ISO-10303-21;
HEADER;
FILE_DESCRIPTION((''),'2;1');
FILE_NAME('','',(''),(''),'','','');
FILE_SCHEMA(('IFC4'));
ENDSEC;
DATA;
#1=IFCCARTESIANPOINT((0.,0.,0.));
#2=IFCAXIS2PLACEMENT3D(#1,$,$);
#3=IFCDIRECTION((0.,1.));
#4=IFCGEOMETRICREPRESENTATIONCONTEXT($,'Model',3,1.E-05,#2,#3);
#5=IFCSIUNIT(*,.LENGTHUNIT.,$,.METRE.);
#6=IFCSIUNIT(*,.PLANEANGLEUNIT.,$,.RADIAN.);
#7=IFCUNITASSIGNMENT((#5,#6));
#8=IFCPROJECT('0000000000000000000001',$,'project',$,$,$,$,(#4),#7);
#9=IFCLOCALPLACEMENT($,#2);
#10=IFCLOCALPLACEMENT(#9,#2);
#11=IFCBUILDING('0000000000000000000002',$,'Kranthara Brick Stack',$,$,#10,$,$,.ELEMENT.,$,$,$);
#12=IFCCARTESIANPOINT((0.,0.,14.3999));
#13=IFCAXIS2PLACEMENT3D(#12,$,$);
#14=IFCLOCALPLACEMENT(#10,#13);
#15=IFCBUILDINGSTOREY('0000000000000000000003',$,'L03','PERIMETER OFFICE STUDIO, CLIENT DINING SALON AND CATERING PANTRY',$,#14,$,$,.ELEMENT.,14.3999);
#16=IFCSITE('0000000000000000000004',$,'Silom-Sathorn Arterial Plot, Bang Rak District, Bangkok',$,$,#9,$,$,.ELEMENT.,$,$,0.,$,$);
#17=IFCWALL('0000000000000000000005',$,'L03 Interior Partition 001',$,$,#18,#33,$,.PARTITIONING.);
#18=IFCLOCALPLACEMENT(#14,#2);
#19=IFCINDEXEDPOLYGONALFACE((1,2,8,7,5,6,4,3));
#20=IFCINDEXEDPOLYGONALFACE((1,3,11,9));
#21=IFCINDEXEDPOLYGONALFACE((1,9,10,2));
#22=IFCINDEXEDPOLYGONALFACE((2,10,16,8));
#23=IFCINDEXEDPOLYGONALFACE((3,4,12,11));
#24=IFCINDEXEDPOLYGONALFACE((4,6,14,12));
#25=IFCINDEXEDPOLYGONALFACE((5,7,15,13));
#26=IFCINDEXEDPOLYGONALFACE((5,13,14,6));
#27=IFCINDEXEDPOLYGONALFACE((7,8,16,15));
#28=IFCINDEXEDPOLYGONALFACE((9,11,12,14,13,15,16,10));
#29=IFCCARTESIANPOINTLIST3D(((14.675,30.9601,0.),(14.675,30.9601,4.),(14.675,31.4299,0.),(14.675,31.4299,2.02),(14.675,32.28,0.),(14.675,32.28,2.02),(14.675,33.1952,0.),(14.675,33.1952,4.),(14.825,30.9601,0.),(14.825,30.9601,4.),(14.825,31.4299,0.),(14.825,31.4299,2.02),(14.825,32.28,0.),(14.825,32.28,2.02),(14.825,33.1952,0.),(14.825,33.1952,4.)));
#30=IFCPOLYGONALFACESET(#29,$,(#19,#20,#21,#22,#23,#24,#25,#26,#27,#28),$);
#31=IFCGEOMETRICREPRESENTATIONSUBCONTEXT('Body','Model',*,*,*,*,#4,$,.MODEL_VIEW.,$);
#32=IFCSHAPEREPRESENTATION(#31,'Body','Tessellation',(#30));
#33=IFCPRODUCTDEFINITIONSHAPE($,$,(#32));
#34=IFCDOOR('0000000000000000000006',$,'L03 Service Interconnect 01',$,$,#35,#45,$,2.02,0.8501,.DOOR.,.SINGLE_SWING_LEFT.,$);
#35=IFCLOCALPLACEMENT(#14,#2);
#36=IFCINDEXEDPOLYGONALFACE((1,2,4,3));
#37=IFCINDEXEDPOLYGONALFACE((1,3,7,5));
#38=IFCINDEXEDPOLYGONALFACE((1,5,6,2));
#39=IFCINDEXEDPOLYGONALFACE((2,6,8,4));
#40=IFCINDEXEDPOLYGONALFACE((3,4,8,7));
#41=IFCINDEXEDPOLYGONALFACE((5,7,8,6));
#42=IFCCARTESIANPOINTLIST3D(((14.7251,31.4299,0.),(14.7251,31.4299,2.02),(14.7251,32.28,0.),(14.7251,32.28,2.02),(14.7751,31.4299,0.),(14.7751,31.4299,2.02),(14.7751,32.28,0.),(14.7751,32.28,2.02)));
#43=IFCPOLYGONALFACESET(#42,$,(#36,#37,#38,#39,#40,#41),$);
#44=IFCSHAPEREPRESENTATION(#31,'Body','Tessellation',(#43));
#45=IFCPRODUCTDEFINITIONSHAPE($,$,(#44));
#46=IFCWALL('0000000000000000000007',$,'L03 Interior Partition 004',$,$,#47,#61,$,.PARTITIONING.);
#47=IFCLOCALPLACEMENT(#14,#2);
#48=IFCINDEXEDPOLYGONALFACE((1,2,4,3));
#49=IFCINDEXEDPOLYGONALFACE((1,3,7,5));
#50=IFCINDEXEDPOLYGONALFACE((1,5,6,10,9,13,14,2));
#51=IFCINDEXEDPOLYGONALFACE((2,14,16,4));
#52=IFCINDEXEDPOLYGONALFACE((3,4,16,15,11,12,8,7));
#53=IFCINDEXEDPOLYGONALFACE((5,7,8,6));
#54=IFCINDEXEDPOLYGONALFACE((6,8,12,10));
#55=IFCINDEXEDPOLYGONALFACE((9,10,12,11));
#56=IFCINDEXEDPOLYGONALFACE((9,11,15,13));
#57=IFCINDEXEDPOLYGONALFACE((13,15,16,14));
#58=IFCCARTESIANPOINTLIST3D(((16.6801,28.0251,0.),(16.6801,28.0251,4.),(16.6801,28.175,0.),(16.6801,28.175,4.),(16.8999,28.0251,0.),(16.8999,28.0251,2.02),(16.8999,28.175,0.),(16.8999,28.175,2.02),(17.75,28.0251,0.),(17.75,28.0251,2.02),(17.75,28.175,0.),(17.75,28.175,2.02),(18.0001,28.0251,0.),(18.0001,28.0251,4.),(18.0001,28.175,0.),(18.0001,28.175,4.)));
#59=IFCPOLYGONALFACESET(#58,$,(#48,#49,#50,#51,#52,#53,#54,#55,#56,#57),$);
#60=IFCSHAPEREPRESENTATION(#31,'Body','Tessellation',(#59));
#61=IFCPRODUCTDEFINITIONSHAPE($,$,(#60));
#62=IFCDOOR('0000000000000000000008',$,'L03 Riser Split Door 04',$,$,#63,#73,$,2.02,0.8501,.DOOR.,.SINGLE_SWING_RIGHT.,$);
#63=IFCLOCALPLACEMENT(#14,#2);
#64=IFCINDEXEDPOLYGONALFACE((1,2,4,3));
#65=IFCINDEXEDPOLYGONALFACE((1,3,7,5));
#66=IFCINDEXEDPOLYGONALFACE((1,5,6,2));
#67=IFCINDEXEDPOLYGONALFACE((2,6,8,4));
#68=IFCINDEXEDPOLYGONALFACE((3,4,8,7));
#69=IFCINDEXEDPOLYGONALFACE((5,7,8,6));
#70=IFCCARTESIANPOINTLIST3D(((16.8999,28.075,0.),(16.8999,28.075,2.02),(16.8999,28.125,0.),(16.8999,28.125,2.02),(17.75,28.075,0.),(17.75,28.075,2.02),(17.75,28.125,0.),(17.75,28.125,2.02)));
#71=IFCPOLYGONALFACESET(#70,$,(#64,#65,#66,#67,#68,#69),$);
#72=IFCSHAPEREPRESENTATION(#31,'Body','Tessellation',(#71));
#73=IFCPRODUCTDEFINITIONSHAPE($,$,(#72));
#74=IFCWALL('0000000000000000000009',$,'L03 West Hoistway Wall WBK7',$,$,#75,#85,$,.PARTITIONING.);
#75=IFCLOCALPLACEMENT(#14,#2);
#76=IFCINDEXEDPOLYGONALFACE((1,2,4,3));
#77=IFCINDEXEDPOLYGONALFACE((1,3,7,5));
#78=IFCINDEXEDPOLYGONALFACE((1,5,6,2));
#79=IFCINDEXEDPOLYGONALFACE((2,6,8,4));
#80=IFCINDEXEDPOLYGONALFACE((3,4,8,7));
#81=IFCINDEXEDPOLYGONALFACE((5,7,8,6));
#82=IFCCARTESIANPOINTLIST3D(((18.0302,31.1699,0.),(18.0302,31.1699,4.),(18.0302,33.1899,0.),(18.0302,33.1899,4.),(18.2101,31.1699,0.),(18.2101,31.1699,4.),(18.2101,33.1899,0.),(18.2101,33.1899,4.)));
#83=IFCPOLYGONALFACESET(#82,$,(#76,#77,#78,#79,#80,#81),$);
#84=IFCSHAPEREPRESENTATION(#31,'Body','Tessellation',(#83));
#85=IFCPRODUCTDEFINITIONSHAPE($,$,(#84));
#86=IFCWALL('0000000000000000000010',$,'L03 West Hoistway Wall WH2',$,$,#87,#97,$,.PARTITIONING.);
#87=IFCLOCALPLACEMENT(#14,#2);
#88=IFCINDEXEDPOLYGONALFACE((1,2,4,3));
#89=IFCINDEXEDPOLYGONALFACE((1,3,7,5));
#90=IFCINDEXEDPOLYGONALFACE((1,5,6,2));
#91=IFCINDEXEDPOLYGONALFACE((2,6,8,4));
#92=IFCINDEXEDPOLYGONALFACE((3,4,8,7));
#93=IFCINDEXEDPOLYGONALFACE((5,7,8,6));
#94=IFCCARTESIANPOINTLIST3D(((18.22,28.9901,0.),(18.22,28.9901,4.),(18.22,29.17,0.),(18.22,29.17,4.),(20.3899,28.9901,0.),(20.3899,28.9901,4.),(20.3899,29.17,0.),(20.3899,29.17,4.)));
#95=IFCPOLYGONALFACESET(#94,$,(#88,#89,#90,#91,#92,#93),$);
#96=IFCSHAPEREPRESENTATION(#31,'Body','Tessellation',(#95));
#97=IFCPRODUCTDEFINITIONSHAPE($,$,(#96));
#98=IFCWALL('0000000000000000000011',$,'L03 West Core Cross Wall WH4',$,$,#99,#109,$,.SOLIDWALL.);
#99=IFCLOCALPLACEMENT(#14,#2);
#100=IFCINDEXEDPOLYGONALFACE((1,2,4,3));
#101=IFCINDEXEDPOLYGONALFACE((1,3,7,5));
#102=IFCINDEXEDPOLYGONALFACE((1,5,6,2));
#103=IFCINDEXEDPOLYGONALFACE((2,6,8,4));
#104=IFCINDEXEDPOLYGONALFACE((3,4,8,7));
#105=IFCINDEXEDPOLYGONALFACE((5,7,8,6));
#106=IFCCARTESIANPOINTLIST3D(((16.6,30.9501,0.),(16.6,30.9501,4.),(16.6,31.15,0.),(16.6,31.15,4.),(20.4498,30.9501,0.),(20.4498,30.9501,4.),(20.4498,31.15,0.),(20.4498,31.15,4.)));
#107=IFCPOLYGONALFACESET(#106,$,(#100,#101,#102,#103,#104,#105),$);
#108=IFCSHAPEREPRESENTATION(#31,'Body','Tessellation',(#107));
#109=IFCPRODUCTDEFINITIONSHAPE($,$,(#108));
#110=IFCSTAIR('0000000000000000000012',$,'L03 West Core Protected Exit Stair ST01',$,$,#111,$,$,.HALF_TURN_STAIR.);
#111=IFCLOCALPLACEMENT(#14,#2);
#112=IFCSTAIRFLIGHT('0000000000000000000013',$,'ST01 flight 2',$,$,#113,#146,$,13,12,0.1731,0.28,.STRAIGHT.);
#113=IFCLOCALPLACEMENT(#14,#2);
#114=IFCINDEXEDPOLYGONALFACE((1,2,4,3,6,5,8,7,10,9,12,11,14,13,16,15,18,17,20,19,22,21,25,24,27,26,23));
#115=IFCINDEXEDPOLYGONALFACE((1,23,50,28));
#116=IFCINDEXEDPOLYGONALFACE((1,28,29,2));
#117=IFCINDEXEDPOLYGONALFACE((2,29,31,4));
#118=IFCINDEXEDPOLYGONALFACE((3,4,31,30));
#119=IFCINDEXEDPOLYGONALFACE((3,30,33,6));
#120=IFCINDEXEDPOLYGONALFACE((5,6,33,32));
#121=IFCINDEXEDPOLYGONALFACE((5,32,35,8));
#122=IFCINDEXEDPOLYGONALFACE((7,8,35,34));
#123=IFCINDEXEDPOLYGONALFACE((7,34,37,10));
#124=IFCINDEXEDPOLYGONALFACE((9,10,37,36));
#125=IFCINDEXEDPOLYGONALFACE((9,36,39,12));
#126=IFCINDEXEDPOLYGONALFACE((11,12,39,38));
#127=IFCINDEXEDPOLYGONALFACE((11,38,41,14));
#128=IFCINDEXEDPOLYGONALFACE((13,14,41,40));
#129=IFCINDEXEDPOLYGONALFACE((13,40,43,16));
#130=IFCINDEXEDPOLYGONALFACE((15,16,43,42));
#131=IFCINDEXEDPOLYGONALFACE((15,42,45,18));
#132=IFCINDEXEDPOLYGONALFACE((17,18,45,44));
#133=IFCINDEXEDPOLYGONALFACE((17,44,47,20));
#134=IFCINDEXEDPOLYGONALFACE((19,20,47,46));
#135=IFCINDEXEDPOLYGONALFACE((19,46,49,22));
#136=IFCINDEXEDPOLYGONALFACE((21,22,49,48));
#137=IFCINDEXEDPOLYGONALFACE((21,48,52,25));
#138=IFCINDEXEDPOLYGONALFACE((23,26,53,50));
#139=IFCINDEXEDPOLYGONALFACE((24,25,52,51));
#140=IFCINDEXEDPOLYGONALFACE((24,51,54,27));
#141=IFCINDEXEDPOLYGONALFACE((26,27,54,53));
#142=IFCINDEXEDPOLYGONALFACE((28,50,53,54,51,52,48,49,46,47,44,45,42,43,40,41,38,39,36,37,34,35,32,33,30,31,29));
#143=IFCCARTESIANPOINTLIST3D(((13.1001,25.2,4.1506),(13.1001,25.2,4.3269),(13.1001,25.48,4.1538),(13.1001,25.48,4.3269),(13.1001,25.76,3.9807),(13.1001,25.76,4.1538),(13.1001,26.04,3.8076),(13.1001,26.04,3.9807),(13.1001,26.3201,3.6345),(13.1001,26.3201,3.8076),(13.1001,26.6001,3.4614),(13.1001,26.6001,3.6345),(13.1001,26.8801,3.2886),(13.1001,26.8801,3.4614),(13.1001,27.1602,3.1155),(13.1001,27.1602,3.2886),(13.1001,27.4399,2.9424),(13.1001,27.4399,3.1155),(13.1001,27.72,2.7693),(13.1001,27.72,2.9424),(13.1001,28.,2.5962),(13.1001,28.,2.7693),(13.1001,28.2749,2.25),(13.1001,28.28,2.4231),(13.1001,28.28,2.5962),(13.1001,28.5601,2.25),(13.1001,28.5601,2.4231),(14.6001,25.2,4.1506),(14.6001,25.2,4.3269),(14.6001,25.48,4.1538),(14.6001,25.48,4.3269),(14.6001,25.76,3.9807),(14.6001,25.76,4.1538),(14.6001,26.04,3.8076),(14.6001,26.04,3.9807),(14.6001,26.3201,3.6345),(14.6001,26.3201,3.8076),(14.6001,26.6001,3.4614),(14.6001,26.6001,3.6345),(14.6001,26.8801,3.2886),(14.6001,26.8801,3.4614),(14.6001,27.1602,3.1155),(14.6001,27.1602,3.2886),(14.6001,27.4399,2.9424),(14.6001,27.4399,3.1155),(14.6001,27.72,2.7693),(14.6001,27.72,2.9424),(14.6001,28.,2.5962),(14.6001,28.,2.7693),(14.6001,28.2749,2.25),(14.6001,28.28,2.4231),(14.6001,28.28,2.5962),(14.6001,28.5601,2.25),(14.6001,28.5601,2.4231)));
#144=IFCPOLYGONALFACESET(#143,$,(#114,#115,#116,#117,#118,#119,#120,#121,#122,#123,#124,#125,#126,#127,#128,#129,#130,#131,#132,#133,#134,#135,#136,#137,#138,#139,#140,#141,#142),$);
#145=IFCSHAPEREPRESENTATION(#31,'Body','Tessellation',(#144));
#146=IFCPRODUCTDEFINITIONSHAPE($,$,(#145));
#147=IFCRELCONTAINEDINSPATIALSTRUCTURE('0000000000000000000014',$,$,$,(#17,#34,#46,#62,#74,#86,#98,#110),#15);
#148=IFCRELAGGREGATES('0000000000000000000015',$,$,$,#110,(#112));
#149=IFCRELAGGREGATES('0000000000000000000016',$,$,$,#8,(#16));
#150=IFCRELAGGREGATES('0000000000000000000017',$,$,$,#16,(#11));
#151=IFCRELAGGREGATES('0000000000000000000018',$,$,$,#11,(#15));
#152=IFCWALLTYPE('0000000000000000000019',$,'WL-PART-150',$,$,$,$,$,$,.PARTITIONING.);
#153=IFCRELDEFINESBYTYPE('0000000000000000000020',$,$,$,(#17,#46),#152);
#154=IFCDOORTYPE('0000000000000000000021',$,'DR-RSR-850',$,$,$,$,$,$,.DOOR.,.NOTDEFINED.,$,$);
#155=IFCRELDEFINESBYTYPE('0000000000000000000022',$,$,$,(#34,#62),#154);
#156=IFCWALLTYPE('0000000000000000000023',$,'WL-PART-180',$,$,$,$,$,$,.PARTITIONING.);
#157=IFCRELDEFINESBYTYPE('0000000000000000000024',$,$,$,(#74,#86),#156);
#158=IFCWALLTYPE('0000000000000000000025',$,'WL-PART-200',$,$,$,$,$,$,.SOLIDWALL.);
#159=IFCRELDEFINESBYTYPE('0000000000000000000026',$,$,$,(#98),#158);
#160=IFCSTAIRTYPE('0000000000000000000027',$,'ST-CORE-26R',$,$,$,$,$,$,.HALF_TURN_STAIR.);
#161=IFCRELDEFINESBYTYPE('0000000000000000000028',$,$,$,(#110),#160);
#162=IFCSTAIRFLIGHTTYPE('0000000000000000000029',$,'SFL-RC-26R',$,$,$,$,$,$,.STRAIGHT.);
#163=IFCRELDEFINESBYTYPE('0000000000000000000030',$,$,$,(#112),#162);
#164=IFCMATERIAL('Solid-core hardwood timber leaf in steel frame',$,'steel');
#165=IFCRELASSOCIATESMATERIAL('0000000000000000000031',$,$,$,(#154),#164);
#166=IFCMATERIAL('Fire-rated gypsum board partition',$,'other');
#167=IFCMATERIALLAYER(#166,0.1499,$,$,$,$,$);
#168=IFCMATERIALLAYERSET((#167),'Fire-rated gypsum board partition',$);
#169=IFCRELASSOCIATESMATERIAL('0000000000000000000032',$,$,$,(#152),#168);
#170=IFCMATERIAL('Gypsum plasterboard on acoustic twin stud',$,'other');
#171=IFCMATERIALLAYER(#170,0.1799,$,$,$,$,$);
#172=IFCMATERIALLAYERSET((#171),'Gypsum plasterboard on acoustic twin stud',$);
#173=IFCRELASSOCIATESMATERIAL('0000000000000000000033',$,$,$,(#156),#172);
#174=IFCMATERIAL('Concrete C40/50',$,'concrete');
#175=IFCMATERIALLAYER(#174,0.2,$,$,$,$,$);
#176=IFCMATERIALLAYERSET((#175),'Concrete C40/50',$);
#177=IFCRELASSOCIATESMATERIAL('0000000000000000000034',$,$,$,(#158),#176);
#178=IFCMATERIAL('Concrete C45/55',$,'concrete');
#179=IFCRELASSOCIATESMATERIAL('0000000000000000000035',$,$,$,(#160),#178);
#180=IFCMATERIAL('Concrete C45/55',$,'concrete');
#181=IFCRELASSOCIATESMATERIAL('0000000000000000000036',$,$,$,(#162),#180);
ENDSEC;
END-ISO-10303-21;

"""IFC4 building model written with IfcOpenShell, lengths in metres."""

from ifc_helpers import new_model, si_unit, direction, frame, frame_2d, origin, place, context, subcontext, project, spatial, polyline, rectangle, outline, extrude, material, layer, layer_set, type_object, element, fill, aggregate, save


model = new_model("IFC4")

# Units and contexts
model_context = context("Model", 3, precision=1e-05, world=origin(), true_north=direction((0.0, 1.0)))
body_context = subcontext(model_context, "Body", "Model", "MODEL_VIEW")
ifc_project = project(units=[si_unit("LENGTHUNIT", "METRE"), si_unit("PLANEANGLEUNIT", "RADIAN")], contexts=[model_context])

# Site, building, storey
site_placement = place(None, origin())
site = spatial("IfcSite", under=ifc_project, at=site_placement, Name="Silom-Sathorn Arterial Plot, Bang Rak District, Bangkok", CompositionType="ELEMENT", RefElevation=0.0)
building_placement = place(site_placement, origin())
building = spatial("IfcBuilding", under=site, at=building_placement, Name="Kranthara Brick Stack", CompositionType="ELEMENT")
storey_placement = place(building_placement, frame((0.0, 0.0, 14.3999)))
storey = spatial("IfcBuildingStorey", under=building, at=storey_placement, Name="L03", Description="PERIMETER OFFICE STUDIO, CLIENT DINING SALON AND CATERING PANTRY", CompositionType="ELEMENT", Elevation=14.3999)

# Shared definitions
ifc_material_1 = material(Name="Solid-core hardwood timber leaf in steel frame", Category="steel")
door_type = type_object("IfcDoorType", Name="DR-RSR-850", OperationType="NOTDEFINED", PredefinedType="DOOR", material=ifc_material_1)

# Walls, openings, doors
ifc_material_2 = material(Name="Fire-rated gypsum board partition", Category="other")
ifc_layer_1 = layer(ifc_material_2, 0.1499)
ifc_layer_set_1 = layer_set([ifc_layer_1], Name="Fire-rated gypsum board partition")
wall_type_1 = type_object("IfcWallType", Name="WL-PART-150", PredefinedType="PARTITIONING", material=ifc_layer_set_1)
wall_1_placement = place(storey_placement, frame((14.75, 30.96, 0.0), z_axis=(0.0, 0.0, 1.0), x_axis=(0.0, 1.0, 0.0)))
wall_1 = element("IfcWall", 1, at=wall_1_placement, inside=storey, type_object=wall_type_1, Name="L03 Interior Partition 001", PredefinedType="PARTITIONING", context=body_context, shape_type="SweptSolid", body=[
    extrude(rectangle(XDim=2.2351, YDim=0.1499, at=frame_2d((1.1177, 0.0))), origin(), (0.0, 0.0, 1.0), 4.0),
])
opening_1_placement = place(wall_1_placement, frame((0.47, 0.0, 0.0)))
opening_1 = element("IfcOpeningElement", 2, at=opening_1_placement, cuts=wall_1, PredefinedType="OPENING", context=body_context, shape_type="SweptSolid", body=[
    extrude(rectangle(XDim=0.8501, YDim=2.02, at=frame_2d((0.425, 1.01))), frame((0.0, 0.085, 0.0), z_axis=(0.0, -1.0, 0.0), x_axis=(1.0, 0.0, 0.0)), (0.0, 0.0, 1.0), 0.1699),
])
door_1_placement = place(opening_1_placement, origin())
door_1 = element("IfcDoor", 3, at=door_1_placement, inside=storey, type_object=door_type, Name="L03 Service Interconnect 01", OperationType="SINGLE_SWING_LEFT", OverallHeight=2.02, OverallWidth=0.8501, PredefinedType="DOOR", context=body_context, shape_type="SweptSolid", body=[
    extrude(rectangle(XDim=0.8501, YDim=2.02, at=frame_2d((0.425, 1.01))), frame((0.0, 0.0249, 0.0), z_axis=(0.0, -1.0, 0.0), x_axis=(1.0, 0.0, 0.0)), (0.0, 0.0, 1.0), 0.05),
])
fill(opening_1, door_1)
wall_2_placement = place(storey_placement, frame((16.6799, 28.1001, 0.0), z_axis=(0.0, 0.0, 1.0), x_axis=(1.0, 0.0, 0.0)))
wall_2 = element("IfcWall", 4, at=wall_2_placement, inside=storey, type_object=wall_type_1, Name="L03 Interior Partition 004", PredefinedType="PARTITIONING", context=body_context, shape_type="SweptSolid", body=[
    extrude(rectangle(XDim=1.3201, YDim=0.1499, at=frame_2d((0.6602, 0.0))), origin(), (0.0, 0.0, 1.0), 4.0),
])
opening_2_placement = place(wall_2_placement, frame((0.22, 0.0, 0.0)))
opening_2 = element("IfcOpeningElement", 5, at=opening_2_placement, cuts=wall_2, PredefinedType="OPENING", context=body_context, shape_type="SweptSolid", body=[
    extrude(rectangle(XDim=0.8501, YDim=2.02, at=frame_2d((0.425, 1.01))), frame((0.0, 0.085, 0.0), z_axis=(0.0, -1.0, 0.0), x_axis=(1.0, 0.0, 0.0)), (0.0, 0.0, 1.0), 0.1699),
])
door_2_placement = place(opening_2_placement, origin())
door_2 = element("IfcDoor", 6, at=door_2_placement, inside=storey, type_object=door_type, Name="L03 Riser Split Door 04", OperationType="SINGLE_SWING_RIGHT", OverallHeight=2.02, OverallWidth=0.8501, PredefinedType="DOOR", context=body_context, shape_type="SweptSolid", body=[
    extrude(rectangle(XDim=0.8501, YDim=2.02, at=frame_2d((0.425, 1.01))), frame((0.0, 0.0249, 0.0), z_axis=(0.0, -1.0, 0.0), x_axis=(1.0, 0.0, 0.0)), (0.0, 0.0, 1.0), 0.05),
])
fill(opening_2, door_2)

# Walls
ifc_material_3 = material(Name="Gypsum plasterboard on acoustic twin stud", Category="other")
ifc_layer_2 = layer(ifc_material_3, 0.1799)
ifc_layer_set_2 = layer_set([ifc_layer_2], Name="Gypsum plasterboard on acoustic twin stud")
wall_type_2 = type_object("IfcWallType", Name="WL-PART-180", PredefinedType="PARTITIONING", material=ifc_layer_set_2)
wall_3_placement = place(storey_placement, frame((18.1201, 31.1699, 0.0), z_axis=(0.0, 0.0, 1.0), x_axis=(0.0, 1.0, 0.0)))
element("IfcWall", 7, at=wall_3_placement, inside=storey, type_object=wall_type_2, Name="L03 West Hoistway Wall WBK7", PredefinedType="PARTITIONING", context=body_context, shape_type="SweptSolid", body=[
    extrude(rectangle(XDim=2.02, YDim=0.1799, at=frame_2d((1.01, 0.0))), origin(), (0.0, 0.0, 1.0), 4.0),
])
wall_4_placement = place(storey_placement, frame((18.22, 29.0801, 0.0), z_axis=(0.0, 0.0, 1.0), x_axis=(1.0, 0.0, 0.0)))
element("IfcWall", 8, at=wall_4_placement, inside=storey, type_object=wall_type_2, Name="L03 West Hoistway Wall WH2", PredefinedType="PARTITIONING", context=body_context, shape_type="SweptSolid", body=[
    extrude(rectangle(XDim=2.1699, YDim=0.1799, at=frame_2d((1.085, 0.0))), origin(), (0.0, 0.0, 1.0), 4.0),
])
ifc_material_4 = material(Name="Concrete C40/50", Category="concrete")
ifc_layer_3 = layer(ifc_material_4, 0.2)
ifc_layer_set_3 = layer_set([ifc_layer_3], Name="Concrete C40/50")
wall_type_3 = type_object("IfcWallType", Name="WL-PART-200", PredefinedType="SOLIDWALL", material=ifc_layer_set_3)
wall_5_placement = place(storey_placement, frame((16.6001, 31.05, 0.0), z_axis=(0.0, 0.0, 1.0), x_axis=(1.0, 0.0, 0.0)))
element("IfcWall", 9, at=wall_5_placement, inside=storey, type_object=wall_type_3, Name="L03 West Core Cross Wall WH4", PredefinedType="SOLIDWALL", context=body_context, shape_type="SweptSolid", body=[
    extrude(rectangle(XDim=3.8499, YDim=0.2, at=frame_2d((1.9248, 0.0))), origin(), (0.0, 0.0, 1.0), 4.0),
])

# Stair, stair flight
ifc_material_5 = material(Name="Concrete C45/55", Category="concrete")
stair_type = type_object("IfcStairType", Name="ST-CORE-26R", PredefinedType="HALF_TURN_STAIR", material=ifc_material_5)
stair_placement = place(storey_placement, origin())
stair = element("IfcStair", 10, at=stair_placement, inside=storey, type_object=stair_type, Name="L03 West Core Protected Exit Stair ST01", PredefinedType="HALF_TURN_STAIR")
ifc_material_6 = material(Name="Concrete C45/55", Category="concrete")
stair_flight_type = type_object("IfcStairFlightType", Name="SFL-RC-26R", PredefinedType="STRAIGHT", material=ifc_material_6)
stair_flight_placement = place(storey_placement, frame((13.8501, 28.5601, 2.25), z_axis=(0.0, 0.0, 1.0), x_axis=(0.0, -1.0, 0.0)))
stair_flight = element("IfcStairFlight", 11, at=stair_flight_placement, type_object=stair_flight_type, Name="ST01 flight 2", NumberOfRisers=13, NumberOfTreads=12, PredefinedType="STRAIGHT", RiserHeight=0.1731, TreadLength=0.28, context=body_context, shape_type="SweptSolid", body=[
    extrude(outline(polyline([(0.0, 0.0), (0.0, 0.1731), (0.28, 0.1731), (0.28, 0.3462), (0.5601, 0.3462), (0.5601, 0.5193), (0.8401, 0.5193), (0.8401, 0.6924), (1.1201, 0.6924), (1.1201, 0.8655), (1.3999, 0.8655), (1.3999, 1.0386), (1.6799, 1.0386), (1.6799, 1.2114), (1.96, 1.2114), (1.96, 1.3845), (2.24, 1.3845), (2.24, 1.5576), (2.52, 1.5576), (2.52, 1.7307), (2.8, 1.7307), (2.8, 1.9038), (3.0801, 1.9038), (3.0801, 2.0769), (3.3601, 2.0769), (3.3601, 2.25), (3.3601, 1.9006), (0.2852, 0.0), (0.0, 0.0)])), frame((0.0, 0.75, 0.0), z_axis=(0.0, -1.0, 0.0), x_axis=(1.0, 0.0, 0.0)), (0.0, 0.0, 1.0), 1.5),
])
aggregate(stair, [stair_flight])

save(model, "model.ifc")
